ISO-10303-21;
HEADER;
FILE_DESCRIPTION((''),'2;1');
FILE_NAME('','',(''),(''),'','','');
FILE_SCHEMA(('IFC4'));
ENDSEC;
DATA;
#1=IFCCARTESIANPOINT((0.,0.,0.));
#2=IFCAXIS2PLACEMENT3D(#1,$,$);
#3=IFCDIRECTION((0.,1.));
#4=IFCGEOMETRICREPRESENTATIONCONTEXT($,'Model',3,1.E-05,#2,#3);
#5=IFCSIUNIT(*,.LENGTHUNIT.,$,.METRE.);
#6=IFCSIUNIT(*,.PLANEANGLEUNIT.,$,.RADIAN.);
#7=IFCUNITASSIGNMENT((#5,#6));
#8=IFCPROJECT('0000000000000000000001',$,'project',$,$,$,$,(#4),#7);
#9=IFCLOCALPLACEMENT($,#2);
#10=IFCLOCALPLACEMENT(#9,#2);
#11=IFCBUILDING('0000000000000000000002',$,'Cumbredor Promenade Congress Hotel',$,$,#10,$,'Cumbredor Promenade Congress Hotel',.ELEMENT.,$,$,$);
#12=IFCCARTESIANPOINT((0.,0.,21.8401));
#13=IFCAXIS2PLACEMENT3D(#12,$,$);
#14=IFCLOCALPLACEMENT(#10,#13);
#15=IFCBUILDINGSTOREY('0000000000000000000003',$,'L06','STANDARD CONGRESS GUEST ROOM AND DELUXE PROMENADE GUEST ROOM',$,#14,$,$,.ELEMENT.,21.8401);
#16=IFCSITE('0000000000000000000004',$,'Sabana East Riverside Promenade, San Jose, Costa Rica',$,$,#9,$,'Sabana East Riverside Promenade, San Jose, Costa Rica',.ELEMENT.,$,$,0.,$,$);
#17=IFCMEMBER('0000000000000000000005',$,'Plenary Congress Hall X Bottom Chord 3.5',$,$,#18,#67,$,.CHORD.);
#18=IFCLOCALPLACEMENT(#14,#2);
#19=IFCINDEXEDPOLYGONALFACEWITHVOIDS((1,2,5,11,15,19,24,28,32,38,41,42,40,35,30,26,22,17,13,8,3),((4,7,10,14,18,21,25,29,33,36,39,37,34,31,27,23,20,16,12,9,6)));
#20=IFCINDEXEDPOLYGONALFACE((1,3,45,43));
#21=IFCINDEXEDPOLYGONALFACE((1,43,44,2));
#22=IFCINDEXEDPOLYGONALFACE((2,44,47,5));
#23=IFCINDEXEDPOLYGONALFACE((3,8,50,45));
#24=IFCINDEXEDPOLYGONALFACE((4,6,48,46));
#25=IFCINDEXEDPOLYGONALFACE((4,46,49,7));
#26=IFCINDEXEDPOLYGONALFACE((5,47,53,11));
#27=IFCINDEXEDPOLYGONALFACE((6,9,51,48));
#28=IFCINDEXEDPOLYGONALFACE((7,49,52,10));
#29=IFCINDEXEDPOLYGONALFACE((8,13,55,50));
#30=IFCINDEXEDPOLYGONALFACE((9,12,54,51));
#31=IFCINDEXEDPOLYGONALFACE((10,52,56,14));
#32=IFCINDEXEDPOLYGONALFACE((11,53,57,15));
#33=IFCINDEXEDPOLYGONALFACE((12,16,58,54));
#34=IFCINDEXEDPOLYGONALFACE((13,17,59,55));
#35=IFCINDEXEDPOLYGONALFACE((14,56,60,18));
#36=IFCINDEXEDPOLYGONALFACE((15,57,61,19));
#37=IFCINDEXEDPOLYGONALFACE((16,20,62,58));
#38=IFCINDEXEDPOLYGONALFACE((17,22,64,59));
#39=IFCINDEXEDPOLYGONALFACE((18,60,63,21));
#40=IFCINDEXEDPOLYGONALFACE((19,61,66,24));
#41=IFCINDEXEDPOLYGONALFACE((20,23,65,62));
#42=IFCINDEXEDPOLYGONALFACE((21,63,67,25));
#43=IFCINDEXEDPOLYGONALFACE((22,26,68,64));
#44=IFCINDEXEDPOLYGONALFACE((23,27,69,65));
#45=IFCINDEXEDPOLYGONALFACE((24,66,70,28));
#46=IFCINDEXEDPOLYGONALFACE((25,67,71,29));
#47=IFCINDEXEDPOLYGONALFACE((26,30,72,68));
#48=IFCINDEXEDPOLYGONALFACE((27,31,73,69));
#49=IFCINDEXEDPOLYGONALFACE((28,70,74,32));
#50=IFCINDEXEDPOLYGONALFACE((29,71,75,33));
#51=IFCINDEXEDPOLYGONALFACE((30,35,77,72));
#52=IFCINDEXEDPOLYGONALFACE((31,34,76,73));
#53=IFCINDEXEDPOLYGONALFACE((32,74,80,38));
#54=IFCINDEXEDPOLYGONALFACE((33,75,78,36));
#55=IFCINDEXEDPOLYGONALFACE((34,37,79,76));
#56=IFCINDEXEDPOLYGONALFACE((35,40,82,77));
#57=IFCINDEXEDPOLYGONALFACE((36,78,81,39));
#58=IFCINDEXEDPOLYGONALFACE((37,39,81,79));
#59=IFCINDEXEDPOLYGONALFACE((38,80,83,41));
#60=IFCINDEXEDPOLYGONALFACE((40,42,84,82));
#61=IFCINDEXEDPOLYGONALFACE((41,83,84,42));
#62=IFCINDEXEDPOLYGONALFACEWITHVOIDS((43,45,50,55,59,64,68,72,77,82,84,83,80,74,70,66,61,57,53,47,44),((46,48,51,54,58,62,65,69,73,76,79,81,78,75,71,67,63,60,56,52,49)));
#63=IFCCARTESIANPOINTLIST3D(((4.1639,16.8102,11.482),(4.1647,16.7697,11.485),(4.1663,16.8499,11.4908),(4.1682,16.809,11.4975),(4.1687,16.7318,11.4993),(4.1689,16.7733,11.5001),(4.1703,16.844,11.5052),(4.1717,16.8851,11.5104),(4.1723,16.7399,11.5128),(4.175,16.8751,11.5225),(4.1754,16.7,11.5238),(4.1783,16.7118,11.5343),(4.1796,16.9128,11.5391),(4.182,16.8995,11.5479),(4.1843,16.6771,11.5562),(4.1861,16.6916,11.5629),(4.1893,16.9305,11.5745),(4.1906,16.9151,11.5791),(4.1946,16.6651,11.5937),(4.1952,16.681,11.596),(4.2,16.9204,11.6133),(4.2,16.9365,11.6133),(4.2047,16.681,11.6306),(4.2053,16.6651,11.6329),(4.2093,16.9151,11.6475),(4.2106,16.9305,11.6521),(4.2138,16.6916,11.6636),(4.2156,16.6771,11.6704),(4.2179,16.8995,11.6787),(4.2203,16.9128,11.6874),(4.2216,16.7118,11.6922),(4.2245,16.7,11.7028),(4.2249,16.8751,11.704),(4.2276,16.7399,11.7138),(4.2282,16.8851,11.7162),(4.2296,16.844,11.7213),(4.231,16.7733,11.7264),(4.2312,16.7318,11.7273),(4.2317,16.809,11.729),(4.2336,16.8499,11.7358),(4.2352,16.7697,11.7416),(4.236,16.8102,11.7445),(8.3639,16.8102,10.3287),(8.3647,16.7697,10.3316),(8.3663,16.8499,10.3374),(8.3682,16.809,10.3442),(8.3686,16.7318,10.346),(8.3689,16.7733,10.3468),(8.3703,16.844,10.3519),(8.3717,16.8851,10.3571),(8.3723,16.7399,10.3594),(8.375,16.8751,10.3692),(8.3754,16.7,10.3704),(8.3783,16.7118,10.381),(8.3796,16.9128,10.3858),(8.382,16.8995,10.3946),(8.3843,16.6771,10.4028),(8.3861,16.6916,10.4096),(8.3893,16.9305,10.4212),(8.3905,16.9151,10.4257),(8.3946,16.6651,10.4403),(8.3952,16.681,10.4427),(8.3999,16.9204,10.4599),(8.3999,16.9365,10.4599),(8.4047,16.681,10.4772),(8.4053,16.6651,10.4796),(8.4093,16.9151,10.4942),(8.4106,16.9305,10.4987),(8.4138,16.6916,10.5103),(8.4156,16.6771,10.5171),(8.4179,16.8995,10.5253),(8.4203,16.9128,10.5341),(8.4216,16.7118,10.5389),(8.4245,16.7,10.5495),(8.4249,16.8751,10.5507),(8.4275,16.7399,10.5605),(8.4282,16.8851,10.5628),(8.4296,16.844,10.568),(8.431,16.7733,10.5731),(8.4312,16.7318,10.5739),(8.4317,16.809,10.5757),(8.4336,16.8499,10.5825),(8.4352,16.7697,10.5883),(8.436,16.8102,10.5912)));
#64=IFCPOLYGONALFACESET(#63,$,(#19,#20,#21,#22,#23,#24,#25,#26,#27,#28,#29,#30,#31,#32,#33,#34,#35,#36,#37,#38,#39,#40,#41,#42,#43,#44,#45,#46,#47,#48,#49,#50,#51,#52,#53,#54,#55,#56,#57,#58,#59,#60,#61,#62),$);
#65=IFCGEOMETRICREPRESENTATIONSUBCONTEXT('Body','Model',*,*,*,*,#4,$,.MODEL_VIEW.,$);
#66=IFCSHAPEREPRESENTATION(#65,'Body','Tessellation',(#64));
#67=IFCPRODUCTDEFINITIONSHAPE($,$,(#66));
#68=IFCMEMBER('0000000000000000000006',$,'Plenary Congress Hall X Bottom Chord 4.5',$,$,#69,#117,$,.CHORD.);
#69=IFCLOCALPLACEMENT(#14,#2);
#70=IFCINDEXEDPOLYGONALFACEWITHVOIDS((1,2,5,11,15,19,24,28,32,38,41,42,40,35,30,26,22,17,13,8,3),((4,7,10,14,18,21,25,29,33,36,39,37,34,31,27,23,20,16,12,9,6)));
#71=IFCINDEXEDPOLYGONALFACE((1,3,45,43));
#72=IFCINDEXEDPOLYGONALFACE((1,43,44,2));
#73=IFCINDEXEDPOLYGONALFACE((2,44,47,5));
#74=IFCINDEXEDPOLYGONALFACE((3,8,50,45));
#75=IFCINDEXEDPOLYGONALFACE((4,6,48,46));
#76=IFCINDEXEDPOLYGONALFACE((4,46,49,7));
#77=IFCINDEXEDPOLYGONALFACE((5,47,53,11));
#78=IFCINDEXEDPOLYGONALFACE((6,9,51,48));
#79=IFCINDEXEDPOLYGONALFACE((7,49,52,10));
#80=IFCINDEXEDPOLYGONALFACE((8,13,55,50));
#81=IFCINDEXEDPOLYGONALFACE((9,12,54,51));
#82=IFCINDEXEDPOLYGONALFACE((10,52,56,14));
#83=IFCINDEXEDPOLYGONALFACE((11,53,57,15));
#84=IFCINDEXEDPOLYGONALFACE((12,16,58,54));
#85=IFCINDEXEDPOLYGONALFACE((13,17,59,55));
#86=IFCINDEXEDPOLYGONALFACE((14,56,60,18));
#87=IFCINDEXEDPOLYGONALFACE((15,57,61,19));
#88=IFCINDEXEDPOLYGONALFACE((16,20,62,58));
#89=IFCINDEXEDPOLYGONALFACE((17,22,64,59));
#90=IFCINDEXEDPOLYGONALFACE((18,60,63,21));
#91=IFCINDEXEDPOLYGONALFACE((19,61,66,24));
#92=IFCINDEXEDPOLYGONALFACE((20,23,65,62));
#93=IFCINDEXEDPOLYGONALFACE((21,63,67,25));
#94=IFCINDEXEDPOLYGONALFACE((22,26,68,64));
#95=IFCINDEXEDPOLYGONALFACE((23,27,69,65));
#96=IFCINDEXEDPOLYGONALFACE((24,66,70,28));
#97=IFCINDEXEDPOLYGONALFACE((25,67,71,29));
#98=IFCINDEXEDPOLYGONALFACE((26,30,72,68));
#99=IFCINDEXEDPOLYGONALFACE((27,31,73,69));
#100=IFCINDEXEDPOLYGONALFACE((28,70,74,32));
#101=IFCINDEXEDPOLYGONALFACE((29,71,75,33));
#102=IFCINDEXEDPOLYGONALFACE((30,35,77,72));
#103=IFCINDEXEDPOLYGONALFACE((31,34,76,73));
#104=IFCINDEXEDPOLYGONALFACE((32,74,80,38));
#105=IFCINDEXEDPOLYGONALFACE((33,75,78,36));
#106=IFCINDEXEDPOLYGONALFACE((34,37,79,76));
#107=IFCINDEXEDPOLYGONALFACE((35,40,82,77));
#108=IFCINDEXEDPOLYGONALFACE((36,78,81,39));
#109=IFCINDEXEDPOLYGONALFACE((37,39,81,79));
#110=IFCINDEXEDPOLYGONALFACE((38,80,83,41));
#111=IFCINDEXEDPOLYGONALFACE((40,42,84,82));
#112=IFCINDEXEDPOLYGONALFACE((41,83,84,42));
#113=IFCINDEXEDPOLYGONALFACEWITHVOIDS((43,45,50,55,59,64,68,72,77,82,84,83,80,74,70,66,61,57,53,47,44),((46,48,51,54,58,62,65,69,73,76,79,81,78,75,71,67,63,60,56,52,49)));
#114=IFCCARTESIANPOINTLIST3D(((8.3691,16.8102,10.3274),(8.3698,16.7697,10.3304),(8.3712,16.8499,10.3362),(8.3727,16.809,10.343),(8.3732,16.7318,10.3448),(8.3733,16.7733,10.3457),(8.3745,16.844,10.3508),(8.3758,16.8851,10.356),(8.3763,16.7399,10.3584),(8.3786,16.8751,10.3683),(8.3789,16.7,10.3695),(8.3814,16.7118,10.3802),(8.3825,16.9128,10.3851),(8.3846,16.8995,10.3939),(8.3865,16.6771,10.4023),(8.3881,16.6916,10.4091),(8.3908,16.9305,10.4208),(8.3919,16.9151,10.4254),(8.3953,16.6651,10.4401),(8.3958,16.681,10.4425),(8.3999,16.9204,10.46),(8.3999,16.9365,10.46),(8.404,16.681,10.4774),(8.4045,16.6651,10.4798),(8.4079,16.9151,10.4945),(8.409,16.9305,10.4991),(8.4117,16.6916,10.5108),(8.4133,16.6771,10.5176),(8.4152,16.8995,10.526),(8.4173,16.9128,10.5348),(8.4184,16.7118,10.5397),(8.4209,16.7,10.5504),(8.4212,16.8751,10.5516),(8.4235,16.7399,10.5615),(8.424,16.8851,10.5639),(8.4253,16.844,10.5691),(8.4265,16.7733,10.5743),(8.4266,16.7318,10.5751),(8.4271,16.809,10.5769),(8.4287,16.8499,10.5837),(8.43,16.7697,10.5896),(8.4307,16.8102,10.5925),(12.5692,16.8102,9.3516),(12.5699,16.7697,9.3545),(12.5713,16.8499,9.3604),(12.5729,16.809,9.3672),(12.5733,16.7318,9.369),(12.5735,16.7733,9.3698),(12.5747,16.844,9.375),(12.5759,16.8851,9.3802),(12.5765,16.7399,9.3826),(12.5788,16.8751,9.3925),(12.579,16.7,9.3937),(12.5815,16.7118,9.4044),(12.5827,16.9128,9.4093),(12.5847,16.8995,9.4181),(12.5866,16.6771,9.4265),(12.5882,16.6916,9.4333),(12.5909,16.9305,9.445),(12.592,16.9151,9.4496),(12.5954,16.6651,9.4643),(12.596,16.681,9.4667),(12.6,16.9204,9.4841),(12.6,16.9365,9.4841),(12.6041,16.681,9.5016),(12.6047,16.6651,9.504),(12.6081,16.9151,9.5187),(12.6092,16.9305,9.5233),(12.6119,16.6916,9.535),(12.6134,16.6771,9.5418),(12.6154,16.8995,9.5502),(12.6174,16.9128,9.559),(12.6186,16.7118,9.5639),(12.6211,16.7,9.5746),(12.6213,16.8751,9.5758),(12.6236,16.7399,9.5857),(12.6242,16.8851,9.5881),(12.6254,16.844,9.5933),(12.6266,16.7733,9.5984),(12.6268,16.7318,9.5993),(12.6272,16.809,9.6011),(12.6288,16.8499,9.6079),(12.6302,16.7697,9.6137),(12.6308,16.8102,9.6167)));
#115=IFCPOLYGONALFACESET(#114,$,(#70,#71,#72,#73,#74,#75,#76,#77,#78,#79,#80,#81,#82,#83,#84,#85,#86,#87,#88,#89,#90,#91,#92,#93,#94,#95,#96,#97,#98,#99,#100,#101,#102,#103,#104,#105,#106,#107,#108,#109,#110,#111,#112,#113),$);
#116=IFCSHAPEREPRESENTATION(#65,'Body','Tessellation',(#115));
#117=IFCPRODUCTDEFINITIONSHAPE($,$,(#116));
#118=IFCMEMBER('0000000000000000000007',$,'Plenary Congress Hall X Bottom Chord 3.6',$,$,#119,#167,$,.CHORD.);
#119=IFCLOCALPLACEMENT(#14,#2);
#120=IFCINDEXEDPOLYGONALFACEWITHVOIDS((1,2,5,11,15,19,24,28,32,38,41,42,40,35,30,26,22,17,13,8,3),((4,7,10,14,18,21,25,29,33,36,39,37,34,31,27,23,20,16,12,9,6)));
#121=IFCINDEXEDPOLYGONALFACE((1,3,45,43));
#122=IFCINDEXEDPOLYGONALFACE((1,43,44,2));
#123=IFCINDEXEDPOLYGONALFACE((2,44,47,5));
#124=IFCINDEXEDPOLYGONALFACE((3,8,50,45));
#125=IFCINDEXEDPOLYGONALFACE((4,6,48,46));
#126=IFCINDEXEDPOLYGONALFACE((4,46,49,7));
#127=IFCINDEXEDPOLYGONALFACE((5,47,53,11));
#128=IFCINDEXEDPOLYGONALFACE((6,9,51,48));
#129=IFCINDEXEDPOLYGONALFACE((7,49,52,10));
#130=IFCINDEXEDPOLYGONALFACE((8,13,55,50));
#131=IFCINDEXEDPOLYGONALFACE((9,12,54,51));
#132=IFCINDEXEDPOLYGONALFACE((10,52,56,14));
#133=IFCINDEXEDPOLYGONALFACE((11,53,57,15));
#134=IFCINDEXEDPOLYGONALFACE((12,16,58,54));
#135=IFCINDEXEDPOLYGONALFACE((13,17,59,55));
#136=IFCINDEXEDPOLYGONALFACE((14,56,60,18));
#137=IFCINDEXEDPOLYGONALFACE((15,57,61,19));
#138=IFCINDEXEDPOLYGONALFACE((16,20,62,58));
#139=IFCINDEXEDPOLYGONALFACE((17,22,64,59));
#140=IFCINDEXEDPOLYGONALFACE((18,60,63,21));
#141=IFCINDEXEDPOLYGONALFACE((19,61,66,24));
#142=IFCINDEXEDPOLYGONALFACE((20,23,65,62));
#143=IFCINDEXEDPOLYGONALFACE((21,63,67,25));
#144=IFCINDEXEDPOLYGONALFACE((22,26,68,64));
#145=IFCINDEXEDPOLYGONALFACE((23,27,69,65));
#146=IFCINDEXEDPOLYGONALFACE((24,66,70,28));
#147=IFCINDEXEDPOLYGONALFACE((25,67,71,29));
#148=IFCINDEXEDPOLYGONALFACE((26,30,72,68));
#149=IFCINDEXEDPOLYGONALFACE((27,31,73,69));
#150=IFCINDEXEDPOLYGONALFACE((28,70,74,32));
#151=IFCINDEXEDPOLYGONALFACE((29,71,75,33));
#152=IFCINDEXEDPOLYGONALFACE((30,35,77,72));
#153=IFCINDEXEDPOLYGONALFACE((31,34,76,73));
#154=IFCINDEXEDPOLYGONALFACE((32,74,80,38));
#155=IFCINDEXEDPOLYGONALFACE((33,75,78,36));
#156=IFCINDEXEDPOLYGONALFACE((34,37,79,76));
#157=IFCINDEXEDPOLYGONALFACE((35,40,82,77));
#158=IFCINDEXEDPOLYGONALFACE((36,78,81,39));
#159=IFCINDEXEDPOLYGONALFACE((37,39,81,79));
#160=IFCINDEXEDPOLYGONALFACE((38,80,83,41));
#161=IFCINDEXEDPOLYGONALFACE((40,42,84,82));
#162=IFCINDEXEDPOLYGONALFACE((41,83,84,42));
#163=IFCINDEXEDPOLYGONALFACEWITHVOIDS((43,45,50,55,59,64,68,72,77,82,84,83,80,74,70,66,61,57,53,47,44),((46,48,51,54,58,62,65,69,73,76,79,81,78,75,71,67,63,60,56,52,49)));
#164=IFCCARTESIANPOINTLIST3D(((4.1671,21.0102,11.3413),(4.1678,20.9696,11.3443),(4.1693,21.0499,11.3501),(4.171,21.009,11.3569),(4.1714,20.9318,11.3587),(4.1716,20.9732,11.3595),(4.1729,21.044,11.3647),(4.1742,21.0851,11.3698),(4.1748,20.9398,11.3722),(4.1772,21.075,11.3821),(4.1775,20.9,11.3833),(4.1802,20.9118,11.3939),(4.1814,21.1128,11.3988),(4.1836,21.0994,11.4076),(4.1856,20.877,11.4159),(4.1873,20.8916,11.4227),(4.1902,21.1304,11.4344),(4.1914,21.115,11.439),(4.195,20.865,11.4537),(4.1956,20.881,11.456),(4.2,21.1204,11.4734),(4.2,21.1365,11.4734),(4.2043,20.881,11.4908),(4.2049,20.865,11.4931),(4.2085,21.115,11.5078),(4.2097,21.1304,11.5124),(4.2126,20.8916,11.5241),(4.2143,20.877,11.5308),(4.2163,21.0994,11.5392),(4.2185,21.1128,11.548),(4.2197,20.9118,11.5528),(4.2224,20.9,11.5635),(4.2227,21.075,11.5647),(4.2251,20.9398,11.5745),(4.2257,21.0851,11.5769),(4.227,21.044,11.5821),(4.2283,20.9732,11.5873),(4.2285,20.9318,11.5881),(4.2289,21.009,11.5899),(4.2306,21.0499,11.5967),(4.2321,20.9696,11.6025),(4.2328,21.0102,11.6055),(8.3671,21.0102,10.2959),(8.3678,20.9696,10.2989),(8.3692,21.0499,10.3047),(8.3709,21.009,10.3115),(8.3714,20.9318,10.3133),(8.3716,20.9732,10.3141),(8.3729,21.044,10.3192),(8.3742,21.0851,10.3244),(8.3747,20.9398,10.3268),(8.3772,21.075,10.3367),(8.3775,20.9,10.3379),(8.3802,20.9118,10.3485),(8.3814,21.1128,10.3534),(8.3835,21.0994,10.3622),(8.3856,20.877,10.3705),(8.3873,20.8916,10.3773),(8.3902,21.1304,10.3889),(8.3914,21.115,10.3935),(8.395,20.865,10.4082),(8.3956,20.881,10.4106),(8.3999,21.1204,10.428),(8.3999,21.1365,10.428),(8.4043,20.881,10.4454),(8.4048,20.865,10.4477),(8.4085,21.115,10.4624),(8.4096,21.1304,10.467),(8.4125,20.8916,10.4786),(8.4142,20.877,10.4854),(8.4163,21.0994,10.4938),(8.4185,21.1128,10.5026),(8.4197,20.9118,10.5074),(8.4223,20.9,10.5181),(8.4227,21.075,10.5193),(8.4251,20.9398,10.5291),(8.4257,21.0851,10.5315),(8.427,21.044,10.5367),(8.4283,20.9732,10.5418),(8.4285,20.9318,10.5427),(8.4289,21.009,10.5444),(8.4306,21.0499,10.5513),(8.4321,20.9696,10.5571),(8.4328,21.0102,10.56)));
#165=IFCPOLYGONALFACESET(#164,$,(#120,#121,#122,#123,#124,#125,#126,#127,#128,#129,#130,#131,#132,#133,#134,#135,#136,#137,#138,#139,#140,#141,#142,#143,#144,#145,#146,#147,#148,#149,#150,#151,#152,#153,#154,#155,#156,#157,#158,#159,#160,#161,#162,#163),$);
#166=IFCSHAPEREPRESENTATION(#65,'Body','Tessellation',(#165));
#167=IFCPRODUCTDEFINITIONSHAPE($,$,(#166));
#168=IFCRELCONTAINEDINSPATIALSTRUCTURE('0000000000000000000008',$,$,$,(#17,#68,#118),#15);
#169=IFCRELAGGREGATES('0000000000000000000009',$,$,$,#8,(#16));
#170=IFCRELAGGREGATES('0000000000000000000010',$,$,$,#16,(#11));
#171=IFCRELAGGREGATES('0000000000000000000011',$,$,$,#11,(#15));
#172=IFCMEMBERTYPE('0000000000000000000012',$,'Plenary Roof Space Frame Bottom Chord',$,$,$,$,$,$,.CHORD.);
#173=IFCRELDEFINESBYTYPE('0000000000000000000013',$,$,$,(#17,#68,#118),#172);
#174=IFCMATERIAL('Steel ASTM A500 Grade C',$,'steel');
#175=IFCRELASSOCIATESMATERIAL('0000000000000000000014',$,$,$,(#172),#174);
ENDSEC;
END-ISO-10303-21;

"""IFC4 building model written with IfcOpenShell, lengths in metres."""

from ifc_helpers import new_model, si_unit, direction, frame, origin, origin_2d, place, context, subcontext, project, spatial, hollow_circle, extrude, material, material_profile, profile_set, type_object, element, save


model = new_model("IFC4")

# Units and contexts
model_context = context("Model", 3, precision=1e-05, world=origin(), true_north=direction((0.0, 1.0)))
body_context = subcontext(model_context, "Body", "Model", "MODEL_VIEW")
ifc_project = project(units=[si_unit("LENGTHUNIT", "METRE"), si_unit("PLANEANGLEUNIT", "RADIAN")], contexts=[model_context])

# Site, building, storey
site_placement = place(None, origin())
site = spatial("IfcSite", under=ifc_project, at=site_placement, Name="Sabana East Riverside Promenade, San Jose, Costa Rica", LongName="Sabana East Riverside Promenade, San Jose, Costa Rica", CompositionType="ELEMENT", RefElevation=0.0)
building_placement = place(site_placement, origin())
building = spatial("IfcBuilding", under=site, at=building_placement, Name="Cumbredor Promenade Congress Hotel", LongName="Cumbredor Promenade Congress Hotel", CompositionType="ELEMENT")
storey_placement = place(building_placement, frame((0.0, 0.0, 21.8401)))
storey = spatial("IfcBuildingStorey", under=building, at=storey_placement, Name="L06", Description="STANDARD CONGRESS GUEST ROOM AND DELUXE PROMENADE GUEST ROOM", CompositionType="ELEMENT", Elevation=21.8401)

# Members
ifc_material_1 = material(Name="Steel ASTM A500 Grade C", Category="steel")
ifc_material_profile_1 = material_profile(ifc_material_1, hollow_circle(Radius=0.1365, WallThickness=0.0161, at=origin_2d()), Name="CHS 273.0x16")
ifc_profile_set_1 = profile_set([ifc_material_profile_1], Name="Steel ASTM A500 Grade C")
member_type_1 = type_object("IfcMemberType", Name="Plenary Roof Space Frame Bottom Chord", PredefinedType="CHORD", material=ifc_profile_set_1)
member_1_placement = place(storey_placement, frame((4.2, 16.8, 11.6133), z_axis=(0.964303, 0.0, -0.264801), x_axis=(0.0, 1.0, 0.0)))
element("IfcMember", 1, at=member_1_placement, inside=storey, type_object=member_type_1, Name="Plenary Congress Hall X Bottom Chord 3.5", PredefinedType="CHORD", context=body_context, shape_type="SweptSolid", body=[
    extrude(hollow_circle(Radius=0.1365, WallThickness=0.0161, at=origin_2d()), origin(), (0.0, 0.0, 1.0), 4.3555),
])
member_2_placement = place(storey_placement, frame((8.3999, 16.8, 10.46), z_axis=(0.974057, 0.0, -0.226302), x_axis=(0.0, 1.0, 0.0)))
element("IfcMember", 2, at=member_2_placement, inside=storey, type_object=member_type_1, Name="Plenary Congress Hall X Bottom Chord 4.5", PredefinedType="CHORD", context=body_context, shape_type="SweptSolid", body=[
    extrude(hollow_circle(Radius=0.1365, WallThickness=0.0161, at=origin_2d()), origin(), (0.0, 0.0, 1.0), 4.312),
])
member_3_placement = place(storey_placement, frame((4.2, 21.0, 11.4734), z_axis=(0.970391, 0.0, -0.24154), x_axis=(0.0, 1.0, 0.0)))
element("IfcMember", 3, at=member_3_placement, inside=storey, type_object=member_type_1, Name="Plenary Congress Hall X Bottom Chord 3.6", PredefinedType="CHORD", context=body_context, shape_type="SweptSolid", body=[
    extrude(hollow_circle(Radius=0.1365, WallThickness=0.0161, at=origin_2d()), origin(), (0.0, 0.0, 1.0), 4.3281),
])

save(model, "model.ifc")
